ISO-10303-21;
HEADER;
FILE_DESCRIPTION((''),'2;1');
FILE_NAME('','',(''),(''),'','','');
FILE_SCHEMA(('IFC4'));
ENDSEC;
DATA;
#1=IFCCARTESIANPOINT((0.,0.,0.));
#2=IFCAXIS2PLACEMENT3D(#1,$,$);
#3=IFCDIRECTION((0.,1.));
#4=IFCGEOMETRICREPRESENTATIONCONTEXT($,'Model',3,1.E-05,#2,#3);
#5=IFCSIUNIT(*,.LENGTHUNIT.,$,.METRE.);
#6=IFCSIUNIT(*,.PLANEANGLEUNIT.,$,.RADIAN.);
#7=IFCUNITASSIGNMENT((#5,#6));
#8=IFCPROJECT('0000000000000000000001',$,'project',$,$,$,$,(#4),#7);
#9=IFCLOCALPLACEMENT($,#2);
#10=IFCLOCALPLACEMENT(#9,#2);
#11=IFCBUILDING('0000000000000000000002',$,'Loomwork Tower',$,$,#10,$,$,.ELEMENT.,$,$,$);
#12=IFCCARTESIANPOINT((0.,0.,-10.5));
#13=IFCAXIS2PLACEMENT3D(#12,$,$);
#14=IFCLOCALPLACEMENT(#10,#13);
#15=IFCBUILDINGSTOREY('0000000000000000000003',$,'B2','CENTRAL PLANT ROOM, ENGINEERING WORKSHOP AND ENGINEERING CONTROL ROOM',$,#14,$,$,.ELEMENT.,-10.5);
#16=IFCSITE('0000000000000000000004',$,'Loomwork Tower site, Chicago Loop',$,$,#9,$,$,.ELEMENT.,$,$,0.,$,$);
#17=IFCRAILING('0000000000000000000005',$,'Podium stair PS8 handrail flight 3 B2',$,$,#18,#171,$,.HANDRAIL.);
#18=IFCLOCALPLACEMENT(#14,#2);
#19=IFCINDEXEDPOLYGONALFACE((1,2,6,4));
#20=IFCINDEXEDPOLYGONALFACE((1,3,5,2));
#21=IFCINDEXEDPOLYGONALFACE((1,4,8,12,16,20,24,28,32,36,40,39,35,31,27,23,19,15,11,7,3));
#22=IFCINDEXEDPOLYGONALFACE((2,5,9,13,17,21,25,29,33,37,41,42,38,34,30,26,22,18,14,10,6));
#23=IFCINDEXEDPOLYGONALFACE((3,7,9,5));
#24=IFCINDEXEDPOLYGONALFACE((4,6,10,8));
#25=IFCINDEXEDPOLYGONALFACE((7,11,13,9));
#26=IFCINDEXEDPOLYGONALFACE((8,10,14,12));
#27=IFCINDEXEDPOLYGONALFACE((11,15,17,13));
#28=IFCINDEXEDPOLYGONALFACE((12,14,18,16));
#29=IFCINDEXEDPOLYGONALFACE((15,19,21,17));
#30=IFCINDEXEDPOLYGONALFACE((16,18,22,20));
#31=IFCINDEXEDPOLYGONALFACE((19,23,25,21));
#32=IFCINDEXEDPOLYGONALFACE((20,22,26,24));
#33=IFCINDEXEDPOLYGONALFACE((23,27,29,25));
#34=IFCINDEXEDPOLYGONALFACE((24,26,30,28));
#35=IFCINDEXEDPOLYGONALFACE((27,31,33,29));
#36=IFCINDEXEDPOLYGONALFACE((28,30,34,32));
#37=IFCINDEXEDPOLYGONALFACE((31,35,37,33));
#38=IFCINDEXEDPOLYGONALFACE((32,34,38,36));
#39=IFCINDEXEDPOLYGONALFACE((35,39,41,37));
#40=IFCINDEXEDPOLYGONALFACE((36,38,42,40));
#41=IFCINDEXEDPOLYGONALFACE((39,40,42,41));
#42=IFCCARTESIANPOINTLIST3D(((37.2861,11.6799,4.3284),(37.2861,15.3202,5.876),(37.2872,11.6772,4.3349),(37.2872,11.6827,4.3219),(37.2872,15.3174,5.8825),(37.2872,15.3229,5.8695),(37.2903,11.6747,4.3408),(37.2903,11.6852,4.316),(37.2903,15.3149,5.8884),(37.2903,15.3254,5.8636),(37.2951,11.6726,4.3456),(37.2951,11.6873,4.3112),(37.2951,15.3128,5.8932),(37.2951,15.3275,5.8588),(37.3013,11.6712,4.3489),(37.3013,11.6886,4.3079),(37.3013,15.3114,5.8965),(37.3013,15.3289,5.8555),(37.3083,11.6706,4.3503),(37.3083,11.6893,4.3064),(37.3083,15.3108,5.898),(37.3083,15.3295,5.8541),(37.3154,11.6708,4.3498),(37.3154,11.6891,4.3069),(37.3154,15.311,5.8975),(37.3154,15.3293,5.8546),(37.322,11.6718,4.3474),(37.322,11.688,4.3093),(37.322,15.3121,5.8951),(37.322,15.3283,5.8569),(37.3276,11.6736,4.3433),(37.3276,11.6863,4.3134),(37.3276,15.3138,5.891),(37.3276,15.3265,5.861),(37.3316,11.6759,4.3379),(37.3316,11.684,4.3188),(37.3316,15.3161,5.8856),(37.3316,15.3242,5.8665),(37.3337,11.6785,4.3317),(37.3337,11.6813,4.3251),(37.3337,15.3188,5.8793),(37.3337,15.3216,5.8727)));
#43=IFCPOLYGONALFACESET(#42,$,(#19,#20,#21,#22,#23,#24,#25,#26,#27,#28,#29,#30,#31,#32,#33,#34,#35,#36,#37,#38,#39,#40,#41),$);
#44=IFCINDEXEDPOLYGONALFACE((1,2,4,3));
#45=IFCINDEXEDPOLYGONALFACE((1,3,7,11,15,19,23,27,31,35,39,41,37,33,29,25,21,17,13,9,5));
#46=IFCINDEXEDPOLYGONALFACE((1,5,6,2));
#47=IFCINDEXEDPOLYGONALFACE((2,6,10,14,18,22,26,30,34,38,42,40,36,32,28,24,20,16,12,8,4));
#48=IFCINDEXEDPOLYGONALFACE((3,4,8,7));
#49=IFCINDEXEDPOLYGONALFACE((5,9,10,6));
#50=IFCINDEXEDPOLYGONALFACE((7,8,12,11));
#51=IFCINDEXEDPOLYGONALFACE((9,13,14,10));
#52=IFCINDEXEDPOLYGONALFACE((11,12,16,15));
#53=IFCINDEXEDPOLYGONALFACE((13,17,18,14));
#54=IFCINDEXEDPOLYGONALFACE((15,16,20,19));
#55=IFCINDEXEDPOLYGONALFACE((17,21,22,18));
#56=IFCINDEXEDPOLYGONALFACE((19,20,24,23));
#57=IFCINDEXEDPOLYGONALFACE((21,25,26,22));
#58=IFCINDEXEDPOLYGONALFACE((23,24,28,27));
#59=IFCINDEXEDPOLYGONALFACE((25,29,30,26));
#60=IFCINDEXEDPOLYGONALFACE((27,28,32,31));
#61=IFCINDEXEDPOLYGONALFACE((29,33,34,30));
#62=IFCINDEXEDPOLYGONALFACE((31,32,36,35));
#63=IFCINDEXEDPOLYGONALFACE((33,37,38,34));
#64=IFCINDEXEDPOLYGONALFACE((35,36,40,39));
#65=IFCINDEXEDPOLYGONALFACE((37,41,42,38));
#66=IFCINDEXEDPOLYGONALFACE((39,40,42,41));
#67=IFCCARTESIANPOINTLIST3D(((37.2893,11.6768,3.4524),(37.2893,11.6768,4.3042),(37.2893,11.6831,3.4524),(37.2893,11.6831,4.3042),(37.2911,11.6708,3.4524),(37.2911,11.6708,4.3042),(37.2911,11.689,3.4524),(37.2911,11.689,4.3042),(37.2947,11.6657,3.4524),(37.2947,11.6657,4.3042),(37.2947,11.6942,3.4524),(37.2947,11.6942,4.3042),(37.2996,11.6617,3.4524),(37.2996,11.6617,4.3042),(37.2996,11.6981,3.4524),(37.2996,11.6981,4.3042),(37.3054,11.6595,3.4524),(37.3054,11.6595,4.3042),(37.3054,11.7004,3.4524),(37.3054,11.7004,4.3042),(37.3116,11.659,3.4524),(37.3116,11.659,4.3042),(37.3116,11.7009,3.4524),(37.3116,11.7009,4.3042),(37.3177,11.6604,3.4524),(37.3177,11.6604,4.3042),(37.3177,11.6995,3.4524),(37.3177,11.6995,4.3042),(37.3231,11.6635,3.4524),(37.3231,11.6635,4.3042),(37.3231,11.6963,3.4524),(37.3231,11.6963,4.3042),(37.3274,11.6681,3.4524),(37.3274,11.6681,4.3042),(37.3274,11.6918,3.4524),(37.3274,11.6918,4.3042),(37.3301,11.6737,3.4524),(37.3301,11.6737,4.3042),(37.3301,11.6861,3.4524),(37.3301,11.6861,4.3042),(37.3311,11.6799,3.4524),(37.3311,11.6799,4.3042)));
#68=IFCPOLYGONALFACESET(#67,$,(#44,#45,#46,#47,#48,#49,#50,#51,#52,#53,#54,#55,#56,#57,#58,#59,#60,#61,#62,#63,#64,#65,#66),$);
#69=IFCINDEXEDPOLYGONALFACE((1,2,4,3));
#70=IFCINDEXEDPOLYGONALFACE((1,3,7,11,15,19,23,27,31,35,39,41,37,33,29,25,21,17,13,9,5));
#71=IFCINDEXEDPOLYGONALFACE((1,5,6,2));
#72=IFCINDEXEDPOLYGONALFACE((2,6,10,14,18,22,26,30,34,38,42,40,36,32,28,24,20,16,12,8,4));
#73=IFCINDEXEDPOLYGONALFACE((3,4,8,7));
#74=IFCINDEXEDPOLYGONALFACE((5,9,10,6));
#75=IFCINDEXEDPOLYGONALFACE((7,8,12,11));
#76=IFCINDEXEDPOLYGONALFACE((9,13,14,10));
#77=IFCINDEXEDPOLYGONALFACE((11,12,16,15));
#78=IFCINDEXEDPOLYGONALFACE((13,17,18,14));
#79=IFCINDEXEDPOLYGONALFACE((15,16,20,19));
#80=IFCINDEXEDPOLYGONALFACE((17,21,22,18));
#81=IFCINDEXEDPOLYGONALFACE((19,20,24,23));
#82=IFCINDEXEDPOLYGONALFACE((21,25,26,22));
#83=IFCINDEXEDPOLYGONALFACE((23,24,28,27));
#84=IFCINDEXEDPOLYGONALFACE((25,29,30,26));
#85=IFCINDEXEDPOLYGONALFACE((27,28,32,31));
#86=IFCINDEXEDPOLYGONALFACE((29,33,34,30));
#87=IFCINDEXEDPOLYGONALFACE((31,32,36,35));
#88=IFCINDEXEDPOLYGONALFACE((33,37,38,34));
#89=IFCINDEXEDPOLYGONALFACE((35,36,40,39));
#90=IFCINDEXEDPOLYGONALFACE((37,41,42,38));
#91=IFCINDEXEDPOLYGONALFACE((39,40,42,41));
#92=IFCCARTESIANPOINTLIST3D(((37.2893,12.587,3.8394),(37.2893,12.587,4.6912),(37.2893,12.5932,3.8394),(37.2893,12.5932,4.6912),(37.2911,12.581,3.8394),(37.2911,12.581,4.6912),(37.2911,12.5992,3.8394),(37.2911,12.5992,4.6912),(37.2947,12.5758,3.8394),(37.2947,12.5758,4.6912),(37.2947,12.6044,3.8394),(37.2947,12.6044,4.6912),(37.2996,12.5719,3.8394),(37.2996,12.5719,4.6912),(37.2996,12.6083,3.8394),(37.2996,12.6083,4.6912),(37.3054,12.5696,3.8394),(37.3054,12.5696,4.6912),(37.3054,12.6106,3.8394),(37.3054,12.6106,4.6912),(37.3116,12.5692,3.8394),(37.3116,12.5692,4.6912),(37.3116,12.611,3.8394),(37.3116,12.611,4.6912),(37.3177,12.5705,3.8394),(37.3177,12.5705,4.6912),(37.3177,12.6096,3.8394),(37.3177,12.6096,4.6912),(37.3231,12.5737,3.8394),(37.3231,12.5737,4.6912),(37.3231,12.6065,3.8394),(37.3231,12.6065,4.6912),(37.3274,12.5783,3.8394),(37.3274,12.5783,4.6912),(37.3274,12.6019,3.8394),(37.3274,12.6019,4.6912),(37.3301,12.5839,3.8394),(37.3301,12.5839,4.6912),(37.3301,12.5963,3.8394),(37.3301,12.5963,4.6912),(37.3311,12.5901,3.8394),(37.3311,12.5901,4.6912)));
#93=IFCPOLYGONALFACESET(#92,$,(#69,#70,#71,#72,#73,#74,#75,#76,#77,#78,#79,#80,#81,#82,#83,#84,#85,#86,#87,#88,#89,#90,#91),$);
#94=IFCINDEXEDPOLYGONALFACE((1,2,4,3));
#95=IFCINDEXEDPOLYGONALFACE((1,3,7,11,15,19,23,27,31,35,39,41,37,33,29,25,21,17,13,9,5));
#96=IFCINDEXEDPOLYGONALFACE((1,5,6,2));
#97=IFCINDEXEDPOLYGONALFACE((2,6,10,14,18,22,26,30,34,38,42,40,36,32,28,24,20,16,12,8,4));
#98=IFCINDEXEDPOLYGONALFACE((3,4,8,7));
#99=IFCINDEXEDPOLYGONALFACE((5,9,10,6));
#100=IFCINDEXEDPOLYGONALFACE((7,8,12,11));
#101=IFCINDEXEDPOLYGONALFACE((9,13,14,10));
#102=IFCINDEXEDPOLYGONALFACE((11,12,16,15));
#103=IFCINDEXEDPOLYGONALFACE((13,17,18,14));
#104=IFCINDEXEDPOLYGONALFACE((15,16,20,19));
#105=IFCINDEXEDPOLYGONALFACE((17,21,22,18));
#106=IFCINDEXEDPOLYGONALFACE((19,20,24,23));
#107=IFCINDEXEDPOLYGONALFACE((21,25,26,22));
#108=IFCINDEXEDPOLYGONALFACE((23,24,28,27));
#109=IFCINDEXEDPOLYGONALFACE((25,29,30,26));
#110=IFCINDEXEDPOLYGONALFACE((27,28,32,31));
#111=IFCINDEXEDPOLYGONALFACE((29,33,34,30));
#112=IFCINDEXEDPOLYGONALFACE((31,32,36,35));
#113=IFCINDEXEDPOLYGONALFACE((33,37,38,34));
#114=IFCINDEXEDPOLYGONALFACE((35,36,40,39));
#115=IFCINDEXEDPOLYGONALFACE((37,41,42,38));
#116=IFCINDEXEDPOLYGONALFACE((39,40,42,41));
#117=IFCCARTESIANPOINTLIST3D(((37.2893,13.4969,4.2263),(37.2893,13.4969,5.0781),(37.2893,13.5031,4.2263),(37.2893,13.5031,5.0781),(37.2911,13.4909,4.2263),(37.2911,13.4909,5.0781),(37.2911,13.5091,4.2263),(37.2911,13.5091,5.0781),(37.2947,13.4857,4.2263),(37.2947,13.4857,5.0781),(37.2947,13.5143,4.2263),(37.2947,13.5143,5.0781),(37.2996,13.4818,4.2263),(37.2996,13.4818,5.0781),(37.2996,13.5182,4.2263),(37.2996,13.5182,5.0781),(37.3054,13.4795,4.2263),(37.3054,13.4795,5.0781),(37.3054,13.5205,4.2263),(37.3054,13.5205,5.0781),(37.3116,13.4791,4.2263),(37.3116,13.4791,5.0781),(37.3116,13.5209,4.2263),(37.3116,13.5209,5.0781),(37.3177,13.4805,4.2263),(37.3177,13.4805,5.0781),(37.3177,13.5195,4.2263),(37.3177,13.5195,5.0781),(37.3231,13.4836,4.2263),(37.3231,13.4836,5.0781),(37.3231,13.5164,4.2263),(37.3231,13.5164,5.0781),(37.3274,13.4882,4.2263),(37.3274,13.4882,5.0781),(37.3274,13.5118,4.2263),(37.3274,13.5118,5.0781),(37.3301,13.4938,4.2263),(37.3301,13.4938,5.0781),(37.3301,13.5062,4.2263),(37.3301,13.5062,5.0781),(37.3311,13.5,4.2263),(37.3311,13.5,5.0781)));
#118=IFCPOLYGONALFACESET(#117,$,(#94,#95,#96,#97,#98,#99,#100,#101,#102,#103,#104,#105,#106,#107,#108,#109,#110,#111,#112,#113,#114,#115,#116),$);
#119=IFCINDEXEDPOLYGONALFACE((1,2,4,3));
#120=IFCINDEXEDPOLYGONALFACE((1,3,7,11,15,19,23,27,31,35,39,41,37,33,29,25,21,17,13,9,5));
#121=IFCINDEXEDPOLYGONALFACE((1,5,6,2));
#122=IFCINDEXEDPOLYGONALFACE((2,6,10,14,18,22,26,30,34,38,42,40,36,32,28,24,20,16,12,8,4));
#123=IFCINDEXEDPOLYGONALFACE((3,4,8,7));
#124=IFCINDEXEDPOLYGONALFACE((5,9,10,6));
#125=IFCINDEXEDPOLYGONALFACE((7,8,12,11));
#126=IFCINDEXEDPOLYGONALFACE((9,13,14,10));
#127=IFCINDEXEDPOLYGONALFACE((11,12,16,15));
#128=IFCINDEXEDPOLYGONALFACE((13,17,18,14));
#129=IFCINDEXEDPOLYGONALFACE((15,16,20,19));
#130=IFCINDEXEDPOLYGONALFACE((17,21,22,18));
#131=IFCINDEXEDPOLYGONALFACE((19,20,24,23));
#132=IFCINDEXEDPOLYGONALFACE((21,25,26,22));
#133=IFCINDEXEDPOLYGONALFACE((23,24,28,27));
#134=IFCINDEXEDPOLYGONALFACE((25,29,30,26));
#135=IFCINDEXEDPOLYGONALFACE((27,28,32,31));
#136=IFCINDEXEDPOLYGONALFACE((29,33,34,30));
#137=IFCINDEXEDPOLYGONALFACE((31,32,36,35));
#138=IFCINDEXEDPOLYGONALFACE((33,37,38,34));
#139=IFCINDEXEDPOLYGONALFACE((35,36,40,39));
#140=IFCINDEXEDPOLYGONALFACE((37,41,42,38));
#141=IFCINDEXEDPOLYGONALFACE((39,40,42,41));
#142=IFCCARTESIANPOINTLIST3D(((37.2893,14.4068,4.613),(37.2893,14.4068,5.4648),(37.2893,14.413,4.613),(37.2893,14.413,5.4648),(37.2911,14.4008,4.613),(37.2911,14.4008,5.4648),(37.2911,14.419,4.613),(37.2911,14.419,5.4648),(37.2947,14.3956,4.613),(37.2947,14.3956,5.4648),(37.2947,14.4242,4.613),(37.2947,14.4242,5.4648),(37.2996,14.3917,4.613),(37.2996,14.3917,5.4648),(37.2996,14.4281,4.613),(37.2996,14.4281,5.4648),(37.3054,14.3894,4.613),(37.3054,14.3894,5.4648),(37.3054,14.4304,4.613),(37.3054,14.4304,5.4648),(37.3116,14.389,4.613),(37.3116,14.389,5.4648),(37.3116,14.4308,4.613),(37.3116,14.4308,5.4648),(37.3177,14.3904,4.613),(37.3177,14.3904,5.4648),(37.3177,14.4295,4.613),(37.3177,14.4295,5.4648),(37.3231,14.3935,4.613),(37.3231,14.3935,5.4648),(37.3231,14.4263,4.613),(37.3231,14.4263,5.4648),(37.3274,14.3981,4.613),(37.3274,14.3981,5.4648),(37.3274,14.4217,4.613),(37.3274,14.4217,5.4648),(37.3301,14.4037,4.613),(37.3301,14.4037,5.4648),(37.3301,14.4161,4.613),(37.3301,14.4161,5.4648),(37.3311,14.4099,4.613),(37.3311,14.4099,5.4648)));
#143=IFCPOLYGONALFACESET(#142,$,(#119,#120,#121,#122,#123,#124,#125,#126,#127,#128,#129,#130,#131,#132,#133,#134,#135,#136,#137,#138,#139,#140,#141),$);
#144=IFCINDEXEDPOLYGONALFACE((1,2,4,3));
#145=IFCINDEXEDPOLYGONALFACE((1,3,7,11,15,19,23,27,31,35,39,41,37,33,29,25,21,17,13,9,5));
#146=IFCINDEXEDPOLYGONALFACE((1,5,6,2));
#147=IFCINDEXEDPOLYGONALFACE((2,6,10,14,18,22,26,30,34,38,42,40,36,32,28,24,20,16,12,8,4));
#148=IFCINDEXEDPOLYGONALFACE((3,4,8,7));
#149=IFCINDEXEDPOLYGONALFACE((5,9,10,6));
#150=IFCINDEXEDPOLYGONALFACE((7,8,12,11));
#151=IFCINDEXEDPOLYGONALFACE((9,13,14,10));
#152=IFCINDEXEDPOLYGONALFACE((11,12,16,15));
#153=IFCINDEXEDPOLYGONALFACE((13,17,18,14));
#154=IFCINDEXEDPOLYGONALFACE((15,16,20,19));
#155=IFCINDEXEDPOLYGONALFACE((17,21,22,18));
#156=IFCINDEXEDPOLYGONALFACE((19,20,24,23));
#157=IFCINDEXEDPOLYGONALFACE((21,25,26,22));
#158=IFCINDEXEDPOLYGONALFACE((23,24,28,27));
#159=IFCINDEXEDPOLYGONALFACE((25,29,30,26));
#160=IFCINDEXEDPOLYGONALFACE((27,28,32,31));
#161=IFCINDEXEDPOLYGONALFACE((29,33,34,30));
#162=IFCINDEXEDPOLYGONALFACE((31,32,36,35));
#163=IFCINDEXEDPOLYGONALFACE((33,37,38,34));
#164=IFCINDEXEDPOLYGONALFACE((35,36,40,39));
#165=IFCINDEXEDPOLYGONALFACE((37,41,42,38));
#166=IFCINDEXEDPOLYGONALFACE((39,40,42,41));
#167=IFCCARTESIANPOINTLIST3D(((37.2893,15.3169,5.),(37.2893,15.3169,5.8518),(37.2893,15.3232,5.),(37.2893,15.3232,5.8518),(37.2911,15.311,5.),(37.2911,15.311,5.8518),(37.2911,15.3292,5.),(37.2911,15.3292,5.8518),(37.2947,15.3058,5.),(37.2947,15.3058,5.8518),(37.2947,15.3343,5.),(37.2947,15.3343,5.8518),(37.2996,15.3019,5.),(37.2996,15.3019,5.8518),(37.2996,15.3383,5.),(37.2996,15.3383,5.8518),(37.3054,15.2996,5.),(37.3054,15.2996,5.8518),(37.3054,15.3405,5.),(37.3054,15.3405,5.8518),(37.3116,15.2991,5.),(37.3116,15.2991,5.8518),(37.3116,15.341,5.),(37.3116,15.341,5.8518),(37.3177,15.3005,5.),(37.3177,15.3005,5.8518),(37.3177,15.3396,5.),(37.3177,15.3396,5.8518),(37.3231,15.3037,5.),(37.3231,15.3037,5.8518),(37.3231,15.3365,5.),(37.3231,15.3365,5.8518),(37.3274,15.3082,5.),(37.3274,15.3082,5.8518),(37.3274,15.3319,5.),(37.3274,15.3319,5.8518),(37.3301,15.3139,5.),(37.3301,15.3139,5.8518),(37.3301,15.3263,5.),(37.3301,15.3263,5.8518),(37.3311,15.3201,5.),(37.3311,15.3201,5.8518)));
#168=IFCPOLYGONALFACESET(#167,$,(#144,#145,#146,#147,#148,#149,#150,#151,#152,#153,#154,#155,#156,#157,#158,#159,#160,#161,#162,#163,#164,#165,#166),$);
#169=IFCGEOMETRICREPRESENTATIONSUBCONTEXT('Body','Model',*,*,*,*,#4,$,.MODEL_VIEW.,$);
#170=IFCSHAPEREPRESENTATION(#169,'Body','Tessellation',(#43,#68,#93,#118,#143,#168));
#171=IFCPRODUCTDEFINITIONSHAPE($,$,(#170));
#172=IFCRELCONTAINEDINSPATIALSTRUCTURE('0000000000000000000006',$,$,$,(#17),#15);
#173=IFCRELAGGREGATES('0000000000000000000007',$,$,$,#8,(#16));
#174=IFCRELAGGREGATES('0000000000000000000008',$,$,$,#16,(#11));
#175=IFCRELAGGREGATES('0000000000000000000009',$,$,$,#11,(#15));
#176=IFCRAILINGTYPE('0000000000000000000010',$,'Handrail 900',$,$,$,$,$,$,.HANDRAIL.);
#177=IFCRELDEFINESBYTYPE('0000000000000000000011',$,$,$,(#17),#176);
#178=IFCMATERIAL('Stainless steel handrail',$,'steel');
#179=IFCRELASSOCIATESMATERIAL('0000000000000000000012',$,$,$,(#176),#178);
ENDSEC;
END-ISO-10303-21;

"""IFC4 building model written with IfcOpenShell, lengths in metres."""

from ifc_helpers import new_model, si_unit, direction, frame, origin, origin_2d, place, context, subcontext, project, spatial, circle, extrude, material, type_object, element, save


model = new_model("IFC4")

# Units and contexts
model_context = context("Model", 3, precision=1e-05, world=origin(), true_north=direction((0.0, 1.0)))
body_context = subcontext(model_context, "Body", "Model", "MODEL_VIEW")
ifc_project = project(units=[si_unit("LENGTHUNIT", "METRE"), si_unit("PLANEANGLEUNIT", "RADIAN")], contexts=[model_context])

# Site, building, storey
site_placement = place(None, origin())
site = spatial("IfcSite", under=ifc_project, at=site_placement, Name="Loomwork Tower site, Chicago Loop", CompositionType="ELEMENT", RefElevation=0.0)
building_placement = place(site_placement, origin())
building = spatial("IfcBuilding", under=site, at=building_placement, Name="Loomwork Tower", CompositionType="ELEMENT")
storey_placement = place(building_placement, frame((0.0, 0.0, -10.5)))
storey = spatial("IfcBuildingStorey", under=building, at=storey_placement, Name="B2", Description="CENTRAL PLANT ROOM, ENGINEERING WORKSHOP AND ENGINEERING CONTROL ROOM", CompositionType="ELEMENT", Elevation=-10.5)

# Railing
ifc_material_1 = material(Name="Stainless steel handrail", Category="steel")
railing_type = type_object("IfcRailingType", Name="Handrail 900", PredefinedType="HANDRAIL", material=ifc_material_1)
railing_1_placement = place(storey_placement, frame((37.3101, 11.6799, 3.4524)))
element("IfcRailing", 1, at=railing_1_placement, inside=storey, type_object=railing_type, Name="Podium stair PS8 handrail flight 3 B2", PredefinedType="HANDRAIL", context=body_context, shape_type="SweptSolid", body=[
    extrude(circle(Radius=0.0239, at=origin_2d()), frame((0.0, 0.0, 0.876), z_axis=(0.0, 0.920281, 0.391258), x_axis=(-1.0, 0.0, 0.0)), (0.0, 0.0, 1.0), 3.9556),
    extrude(circle(Radius=0.021, at=origin_2d()), origin(), (0.0, 0.0, 1.0), 0.8518),
    extrude(circle(Radius=0.021, at=origin_2d()), frame((0.0, 0.9102, 0.387)), (0.0, 0.0, 1.0), 0.8518),
    extrude(circle(Radius=0.021, at=origin_2d()), frame((0.0, 1.8201, 0.7739)), (0.0, 0.0, 1.0), 0.8518),
    extrude(circle(Radius=0.021, at=origin_2d()), frame((0.0, 2.73, 1.1606)), (0.0, 0.0, 1.0), 0.8518),
    extrude(circle(Radius=0.021, at=origin_2d()), frame((0.0, 3.6401, 1.5476)), (0.0, 0.0, 1.0), 0.8518),
])

save(model, "model.ifc")
